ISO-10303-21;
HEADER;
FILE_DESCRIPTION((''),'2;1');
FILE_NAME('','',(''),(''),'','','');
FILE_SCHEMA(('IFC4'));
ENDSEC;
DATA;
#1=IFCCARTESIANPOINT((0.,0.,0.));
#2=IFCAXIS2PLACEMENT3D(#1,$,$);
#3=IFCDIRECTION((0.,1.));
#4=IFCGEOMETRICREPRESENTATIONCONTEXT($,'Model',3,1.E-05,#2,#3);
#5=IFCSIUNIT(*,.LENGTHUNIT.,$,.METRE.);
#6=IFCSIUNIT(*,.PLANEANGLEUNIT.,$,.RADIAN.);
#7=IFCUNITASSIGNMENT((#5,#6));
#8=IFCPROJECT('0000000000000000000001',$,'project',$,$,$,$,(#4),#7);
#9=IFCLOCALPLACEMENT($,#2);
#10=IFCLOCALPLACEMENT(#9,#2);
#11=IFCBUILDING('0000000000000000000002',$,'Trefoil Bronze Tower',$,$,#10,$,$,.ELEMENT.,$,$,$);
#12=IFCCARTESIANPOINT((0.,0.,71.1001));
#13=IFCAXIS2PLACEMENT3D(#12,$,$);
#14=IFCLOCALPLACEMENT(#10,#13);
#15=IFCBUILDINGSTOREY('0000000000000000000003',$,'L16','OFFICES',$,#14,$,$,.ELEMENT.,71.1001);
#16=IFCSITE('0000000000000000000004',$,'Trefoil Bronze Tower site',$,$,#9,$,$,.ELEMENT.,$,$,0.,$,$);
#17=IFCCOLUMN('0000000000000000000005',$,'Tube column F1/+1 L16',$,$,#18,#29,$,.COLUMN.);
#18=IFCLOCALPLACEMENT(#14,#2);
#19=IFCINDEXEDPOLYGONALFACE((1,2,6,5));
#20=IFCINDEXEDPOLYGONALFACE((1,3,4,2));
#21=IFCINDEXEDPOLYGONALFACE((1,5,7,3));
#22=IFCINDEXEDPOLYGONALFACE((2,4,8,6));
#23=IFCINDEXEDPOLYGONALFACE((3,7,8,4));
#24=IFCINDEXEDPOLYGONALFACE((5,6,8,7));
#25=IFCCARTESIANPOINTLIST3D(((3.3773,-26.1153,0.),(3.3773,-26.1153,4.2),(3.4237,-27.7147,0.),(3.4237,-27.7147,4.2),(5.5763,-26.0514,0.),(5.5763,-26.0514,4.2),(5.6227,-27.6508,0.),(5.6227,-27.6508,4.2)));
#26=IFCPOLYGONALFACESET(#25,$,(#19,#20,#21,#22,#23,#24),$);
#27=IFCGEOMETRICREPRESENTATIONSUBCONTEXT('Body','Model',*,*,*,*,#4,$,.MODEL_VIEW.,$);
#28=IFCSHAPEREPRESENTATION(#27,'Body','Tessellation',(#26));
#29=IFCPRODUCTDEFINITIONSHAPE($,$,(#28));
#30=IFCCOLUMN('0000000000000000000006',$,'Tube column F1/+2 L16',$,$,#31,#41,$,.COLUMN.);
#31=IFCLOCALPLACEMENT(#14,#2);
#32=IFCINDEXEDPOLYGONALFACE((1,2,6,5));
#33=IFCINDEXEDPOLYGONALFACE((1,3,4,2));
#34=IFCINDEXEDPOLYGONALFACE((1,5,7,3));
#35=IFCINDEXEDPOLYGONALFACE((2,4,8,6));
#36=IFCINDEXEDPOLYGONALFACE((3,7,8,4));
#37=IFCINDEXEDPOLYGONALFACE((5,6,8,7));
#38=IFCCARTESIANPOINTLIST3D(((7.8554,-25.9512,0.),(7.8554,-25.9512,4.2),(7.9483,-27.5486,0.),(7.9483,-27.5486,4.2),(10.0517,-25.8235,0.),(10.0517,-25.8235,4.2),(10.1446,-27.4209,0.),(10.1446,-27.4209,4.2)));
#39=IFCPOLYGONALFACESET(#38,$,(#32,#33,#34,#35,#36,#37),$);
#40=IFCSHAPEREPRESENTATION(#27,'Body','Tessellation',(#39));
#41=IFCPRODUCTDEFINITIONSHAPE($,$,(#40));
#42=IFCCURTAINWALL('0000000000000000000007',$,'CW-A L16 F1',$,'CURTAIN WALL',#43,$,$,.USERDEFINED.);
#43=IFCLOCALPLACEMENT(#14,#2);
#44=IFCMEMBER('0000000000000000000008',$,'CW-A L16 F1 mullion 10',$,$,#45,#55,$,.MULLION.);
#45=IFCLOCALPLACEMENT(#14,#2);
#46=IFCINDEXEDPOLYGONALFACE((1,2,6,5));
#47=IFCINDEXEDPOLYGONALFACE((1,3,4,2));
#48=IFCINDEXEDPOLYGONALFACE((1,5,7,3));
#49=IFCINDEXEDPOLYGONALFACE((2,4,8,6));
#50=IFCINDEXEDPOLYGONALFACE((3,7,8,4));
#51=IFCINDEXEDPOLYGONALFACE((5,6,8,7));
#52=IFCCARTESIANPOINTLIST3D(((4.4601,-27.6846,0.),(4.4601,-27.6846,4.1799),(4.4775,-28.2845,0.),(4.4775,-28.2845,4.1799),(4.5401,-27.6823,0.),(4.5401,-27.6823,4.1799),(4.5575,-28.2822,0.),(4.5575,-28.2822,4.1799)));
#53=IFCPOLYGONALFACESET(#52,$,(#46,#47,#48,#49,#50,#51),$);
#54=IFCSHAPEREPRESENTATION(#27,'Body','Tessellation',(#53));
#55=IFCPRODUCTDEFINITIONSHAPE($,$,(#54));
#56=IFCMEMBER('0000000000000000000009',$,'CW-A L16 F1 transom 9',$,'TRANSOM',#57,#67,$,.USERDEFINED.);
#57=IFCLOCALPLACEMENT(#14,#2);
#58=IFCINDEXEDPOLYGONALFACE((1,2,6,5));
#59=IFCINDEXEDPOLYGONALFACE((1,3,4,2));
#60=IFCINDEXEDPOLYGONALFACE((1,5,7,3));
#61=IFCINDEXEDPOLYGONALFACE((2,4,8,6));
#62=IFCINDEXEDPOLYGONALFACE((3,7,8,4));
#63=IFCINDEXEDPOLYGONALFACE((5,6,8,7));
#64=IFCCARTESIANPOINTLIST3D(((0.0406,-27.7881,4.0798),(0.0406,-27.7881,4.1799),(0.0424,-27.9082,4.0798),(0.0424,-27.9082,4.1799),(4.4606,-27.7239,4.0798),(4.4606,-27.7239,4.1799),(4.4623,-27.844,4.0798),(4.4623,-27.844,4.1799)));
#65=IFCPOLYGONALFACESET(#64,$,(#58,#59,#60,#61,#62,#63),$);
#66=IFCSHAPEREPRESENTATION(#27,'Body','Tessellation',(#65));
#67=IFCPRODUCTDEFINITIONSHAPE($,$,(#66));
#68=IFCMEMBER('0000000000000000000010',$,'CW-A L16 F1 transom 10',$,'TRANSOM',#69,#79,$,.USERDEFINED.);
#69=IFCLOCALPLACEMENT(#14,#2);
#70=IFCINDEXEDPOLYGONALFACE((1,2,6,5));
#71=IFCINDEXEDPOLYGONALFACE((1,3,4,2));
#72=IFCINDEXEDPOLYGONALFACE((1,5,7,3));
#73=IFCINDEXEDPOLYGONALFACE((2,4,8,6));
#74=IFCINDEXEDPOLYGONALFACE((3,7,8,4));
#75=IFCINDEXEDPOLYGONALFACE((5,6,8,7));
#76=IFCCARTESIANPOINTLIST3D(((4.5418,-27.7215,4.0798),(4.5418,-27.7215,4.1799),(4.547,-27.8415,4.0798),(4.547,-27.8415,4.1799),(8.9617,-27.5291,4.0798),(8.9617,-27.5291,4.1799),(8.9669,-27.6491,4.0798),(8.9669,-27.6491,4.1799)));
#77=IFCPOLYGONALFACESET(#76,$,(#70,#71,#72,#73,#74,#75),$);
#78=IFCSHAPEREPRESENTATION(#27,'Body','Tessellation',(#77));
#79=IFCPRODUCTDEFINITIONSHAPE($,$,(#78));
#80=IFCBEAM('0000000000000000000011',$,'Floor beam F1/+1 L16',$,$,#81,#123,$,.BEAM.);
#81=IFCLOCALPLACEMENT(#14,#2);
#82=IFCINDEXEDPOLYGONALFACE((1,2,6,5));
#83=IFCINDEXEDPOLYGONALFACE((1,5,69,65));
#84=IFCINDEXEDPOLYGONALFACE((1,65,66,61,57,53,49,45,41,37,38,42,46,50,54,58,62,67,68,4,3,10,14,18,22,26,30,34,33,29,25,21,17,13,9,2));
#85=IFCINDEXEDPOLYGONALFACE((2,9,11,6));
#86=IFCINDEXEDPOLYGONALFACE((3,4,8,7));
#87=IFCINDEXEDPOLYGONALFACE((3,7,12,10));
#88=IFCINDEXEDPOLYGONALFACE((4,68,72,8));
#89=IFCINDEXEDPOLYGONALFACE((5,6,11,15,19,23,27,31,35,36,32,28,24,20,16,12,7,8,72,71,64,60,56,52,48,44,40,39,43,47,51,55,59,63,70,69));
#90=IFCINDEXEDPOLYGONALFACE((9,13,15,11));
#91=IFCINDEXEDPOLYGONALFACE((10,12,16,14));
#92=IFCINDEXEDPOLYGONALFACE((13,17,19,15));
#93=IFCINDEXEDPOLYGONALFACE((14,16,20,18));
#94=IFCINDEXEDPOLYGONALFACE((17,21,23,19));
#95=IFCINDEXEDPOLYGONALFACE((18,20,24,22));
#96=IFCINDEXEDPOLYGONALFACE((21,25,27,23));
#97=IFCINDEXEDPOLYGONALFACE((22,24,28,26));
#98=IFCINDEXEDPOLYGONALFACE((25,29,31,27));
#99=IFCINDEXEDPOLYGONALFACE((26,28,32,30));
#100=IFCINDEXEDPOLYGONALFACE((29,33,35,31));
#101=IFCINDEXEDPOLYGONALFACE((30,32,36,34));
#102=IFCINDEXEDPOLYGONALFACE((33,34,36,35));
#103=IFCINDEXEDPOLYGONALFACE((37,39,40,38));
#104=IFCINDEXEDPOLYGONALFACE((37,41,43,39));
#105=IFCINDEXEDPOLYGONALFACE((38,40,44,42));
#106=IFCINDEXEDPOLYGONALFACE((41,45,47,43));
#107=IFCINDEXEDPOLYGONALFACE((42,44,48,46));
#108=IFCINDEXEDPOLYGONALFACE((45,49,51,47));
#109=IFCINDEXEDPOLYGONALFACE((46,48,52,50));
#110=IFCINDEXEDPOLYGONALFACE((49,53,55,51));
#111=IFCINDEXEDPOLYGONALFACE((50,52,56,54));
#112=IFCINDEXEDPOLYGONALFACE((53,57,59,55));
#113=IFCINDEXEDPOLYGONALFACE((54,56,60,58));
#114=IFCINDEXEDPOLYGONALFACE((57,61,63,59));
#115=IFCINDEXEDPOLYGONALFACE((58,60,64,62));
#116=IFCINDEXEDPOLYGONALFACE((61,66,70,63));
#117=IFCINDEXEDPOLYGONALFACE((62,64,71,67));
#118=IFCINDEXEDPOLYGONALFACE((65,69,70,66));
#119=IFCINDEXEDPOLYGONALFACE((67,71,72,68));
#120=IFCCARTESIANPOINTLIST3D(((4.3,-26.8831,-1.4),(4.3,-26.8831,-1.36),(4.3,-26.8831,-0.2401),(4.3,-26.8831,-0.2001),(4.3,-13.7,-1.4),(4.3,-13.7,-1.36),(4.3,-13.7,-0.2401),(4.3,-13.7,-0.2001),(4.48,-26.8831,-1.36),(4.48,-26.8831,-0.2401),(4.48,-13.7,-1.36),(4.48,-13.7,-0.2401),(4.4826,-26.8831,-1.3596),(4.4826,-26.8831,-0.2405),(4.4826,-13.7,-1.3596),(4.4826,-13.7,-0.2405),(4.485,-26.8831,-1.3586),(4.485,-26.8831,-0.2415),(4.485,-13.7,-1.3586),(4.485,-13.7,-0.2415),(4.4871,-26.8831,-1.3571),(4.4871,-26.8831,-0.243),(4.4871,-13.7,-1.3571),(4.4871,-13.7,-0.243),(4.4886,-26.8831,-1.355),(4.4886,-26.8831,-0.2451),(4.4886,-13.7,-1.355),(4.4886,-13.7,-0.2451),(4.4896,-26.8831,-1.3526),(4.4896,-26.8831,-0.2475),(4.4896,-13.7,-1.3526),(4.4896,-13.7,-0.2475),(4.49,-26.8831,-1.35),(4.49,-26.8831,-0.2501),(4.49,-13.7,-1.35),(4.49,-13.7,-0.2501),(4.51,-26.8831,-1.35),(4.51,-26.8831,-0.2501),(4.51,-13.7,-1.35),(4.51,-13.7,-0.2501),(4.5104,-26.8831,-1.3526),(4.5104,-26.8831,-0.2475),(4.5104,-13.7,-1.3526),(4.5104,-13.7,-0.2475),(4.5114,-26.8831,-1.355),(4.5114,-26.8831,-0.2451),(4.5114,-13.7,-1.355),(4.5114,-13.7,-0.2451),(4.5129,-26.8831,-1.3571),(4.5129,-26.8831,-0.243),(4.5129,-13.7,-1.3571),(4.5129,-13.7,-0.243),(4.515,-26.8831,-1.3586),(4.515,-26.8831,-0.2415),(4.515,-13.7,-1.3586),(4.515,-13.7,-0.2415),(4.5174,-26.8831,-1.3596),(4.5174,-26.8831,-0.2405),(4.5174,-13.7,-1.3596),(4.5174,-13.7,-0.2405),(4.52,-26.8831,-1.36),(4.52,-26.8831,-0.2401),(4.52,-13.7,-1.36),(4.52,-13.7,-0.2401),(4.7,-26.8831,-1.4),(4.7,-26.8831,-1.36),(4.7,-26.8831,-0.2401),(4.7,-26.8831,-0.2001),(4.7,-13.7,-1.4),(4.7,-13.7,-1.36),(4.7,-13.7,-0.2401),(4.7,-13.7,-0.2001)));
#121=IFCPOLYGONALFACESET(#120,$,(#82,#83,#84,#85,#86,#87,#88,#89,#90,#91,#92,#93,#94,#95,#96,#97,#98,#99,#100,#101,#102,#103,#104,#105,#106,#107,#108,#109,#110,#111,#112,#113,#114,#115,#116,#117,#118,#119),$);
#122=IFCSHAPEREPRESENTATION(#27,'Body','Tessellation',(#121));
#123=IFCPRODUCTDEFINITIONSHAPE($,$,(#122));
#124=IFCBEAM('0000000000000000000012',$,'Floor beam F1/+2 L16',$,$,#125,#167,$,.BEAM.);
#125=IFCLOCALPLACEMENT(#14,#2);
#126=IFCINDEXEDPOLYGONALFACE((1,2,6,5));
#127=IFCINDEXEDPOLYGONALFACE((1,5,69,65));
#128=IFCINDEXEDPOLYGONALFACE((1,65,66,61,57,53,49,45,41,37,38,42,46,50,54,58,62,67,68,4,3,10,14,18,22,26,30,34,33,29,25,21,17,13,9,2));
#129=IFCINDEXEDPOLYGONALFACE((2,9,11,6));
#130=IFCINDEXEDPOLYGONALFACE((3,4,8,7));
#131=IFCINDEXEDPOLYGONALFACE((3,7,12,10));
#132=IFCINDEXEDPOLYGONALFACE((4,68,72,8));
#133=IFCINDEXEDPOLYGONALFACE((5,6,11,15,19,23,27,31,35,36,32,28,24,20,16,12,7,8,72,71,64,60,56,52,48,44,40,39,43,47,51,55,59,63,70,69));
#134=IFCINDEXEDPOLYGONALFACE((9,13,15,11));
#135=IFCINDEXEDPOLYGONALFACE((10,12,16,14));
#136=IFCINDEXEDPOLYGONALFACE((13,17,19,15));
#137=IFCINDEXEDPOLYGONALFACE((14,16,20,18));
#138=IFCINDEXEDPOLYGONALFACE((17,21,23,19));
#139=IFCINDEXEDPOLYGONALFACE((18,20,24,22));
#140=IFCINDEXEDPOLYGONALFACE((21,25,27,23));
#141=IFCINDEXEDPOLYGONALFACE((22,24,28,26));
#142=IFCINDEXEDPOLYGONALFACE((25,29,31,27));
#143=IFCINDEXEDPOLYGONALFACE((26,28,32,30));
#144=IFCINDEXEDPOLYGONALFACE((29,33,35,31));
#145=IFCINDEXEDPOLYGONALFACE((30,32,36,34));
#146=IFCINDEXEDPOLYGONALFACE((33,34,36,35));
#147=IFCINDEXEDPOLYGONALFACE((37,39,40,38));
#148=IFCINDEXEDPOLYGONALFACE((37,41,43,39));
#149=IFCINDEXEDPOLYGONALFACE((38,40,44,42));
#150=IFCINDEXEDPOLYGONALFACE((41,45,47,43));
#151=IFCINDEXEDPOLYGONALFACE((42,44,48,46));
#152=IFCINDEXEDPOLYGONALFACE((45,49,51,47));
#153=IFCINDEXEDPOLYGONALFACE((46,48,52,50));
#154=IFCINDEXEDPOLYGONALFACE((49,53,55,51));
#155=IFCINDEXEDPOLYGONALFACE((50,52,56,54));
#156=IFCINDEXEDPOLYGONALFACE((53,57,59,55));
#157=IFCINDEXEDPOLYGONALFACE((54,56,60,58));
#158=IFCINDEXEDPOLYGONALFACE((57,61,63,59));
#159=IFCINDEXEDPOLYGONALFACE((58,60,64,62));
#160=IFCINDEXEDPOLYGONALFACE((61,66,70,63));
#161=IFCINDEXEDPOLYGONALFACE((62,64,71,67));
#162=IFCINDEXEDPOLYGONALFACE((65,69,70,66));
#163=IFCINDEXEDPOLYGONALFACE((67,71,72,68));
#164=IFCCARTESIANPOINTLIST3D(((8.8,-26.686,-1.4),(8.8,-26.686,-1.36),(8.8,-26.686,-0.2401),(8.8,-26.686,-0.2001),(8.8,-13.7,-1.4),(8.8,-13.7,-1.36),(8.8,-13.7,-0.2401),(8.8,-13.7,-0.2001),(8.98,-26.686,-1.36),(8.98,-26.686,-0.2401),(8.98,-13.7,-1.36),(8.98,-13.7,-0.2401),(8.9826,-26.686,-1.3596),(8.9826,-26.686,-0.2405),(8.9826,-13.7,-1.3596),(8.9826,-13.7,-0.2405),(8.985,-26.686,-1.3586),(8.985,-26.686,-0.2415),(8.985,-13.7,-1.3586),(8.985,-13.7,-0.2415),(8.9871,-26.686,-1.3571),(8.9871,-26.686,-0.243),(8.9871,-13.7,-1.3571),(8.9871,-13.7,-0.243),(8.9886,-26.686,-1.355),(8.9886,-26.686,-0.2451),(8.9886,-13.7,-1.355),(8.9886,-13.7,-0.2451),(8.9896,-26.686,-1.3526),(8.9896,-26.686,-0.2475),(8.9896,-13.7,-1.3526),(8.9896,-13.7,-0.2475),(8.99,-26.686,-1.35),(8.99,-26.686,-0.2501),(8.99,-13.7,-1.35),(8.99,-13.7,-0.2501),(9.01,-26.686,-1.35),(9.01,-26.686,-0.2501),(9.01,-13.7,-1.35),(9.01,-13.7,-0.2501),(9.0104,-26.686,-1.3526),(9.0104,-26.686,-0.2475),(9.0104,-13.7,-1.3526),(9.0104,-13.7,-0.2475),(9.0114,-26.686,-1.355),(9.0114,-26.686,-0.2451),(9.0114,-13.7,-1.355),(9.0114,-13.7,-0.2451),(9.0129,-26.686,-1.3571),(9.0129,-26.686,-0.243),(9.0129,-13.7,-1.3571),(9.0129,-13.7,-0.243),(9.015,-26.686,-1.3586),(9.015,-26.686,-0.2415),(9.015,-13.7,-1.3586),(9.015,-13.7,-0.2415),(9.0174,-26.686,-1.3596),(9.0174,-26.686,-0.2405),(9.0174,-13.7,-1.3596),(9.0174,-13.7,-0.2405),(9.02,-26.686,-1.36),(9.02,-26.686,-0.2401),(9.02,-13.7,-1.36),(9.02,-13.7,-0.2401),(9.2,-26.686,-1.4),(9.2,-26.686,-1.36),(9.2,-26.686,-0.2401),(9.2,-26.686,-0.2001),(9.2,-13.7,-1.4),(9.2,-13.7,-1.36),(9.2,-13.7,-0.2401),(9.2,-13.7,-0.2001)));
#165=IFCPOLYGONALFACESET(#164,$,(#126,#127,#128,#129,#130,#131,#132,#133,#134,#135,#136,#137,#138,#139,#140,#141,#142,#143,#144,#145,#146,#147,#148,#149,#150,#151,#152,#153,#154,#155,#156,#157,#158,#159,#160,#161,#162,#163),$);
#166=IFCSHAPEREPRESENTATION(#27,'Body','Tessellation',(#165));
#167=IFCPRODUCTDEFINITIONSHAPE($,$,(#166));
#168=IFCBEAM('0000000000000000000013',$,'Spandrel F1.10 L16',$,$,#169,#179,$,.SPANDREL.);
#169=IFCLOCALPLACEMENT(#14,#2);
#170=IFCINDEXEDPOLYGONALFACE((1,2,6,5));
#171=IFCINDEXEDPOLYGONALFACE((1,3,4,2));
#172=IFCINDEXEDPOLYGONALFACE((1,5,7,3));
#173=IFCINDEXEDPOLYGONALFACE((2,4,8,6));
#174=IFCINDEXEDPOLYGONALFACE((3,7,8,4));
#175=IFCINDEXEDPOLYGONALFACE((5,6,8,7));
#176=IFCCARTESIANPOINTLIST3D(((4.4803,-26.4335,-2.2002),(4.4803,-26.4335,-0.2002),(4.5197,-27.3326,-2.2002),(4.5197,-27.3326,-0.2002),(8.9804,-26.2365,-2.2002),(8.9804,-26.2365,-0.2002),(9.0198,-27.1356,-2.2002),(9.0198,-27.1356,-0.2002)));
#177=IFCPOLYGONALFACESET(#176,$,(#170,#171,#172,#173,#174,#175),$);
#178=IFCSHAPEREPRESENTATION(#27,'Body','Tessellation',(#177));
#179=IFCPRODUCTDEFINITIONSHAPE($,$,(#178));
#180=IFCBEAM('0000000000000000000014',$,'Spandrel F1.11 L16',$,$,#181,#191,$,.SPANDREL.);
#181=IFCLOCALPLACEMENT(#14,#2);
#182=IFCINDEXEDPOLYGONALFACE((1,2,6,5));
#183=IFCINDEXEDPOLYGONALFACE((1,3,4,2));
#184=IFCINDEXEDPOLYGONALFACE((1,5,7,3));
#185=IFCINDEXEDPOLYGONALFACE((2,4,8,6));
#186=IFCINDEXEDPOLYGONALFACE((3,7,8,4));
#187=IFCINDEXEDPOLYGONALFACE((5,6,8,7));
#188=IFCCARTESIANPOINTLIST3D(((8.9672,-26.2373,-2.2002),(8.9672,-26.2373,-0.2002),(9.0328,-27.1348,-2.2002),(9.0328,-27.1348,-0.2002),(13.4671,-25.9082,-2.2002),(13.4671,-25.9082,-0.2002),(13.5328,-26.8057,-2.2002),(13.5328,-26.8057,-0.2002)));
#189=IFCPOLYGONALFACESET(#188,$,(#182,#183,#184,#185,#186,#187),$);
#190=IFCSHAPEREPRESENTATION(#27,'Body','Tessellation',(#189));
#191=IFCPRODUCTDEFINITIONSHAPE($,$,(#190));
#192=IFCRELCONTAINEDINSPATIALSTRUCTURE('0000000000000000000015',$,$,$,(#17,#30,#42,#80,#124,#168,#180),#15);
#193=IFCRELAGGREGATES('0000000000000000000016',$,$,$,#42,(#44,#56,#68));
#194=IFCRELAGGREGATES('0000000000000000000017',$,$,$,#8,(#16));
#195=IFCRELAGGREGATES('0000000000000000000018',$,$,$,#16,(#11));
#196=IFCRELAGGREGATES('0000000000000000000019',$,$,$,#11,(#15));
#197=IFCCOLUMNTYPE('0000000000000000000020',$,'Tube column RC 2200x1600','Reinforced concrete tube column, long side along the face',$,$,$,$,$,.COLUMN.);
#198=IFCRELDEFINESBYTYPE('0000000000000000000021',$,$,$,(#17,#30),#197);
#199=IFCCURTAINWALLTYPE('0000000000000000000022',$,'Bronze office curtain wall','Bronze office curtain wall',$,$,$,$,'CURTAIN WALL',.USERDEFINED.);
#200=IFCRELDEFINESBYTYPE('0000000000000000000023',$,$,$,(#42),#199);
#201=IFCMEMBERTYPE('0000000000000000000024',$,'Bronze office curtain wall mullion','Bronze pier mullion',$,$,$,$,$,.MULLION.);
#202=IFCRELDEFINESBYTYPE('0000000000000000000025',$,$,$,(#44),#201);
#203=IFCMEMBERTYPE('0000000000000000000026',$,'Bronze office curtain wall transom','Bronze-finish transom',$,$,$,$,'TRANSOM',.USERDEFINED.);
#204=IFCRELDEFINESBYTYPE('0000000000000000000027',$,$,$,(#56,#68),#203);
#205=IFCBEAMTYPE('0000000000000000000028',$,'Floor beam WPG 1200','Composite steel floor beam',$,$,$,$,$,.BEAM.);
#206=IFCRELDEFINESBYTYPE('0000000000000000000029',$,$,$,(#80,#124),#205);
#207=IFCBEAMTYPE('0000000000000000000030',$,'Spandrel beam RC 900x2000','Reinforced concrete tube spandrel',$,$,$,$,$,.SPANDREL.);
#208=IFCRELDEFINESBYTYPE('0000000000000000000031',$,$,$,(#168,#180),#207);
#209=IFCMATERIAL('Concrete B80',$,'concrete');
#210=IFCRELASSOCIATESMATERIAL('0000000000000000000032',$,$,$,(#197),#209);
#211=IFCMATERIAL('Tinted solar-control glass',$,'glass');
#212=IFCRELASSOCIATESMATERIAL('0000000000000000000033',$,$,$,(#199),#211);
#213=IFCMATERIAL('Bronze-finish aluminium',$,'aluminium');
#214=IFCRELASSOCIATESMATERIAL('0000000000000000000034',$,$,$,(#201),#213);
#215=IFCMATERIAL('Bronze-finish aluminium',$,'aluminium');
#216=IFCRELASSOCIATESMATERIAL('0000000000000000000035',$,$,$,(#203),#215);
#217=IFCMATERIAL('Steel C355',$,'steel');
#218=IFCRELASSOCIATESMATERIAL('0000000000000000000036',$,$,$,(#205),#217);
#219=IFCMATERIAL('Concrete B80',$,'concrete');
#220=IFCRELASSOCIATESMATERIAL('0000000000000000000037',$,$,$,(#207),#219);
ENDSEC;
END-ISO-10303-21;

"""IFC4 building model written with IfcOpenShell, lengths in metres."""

from ifc_helpers import new_model, si_unit, direction, frame, origin, origin_2d, place, context, subcontext, project, spatial, rectangle, i_section, extrude, material, material_profile, profile_set, type_object, element, aggregate, save


model = new_model("IFC4")

# Units and contexts
model_context = context("Model", 3, precision=1e-05, world=origin(), true_north=direction((0.0, 1.0)))
body_context = subcontext(model_context, "Body", "Model", "MODEL_VIEW")
ifc_project = project(units=[si_unit("LENGTHUNIT", "METRE"), si_unit("PLANEANGLEUNIT", "RADIAN")], contexts=[model_context])

# Site, building, storey
site_placement = place(None, origin())
site = spatial("IfcSite", under=ifc_project, at=site_placement, Name="Trefoil Bronze Tower site", CompositionType="ELEMENT", RefElevation=0.0)
building_placement = place(site_placement, origin())
building = spatial("IfcBuilding", under=site, at=building_placement, Name="Trefoil Bronze Tower", CompositionType="ELEMENT")
storey_placement = place(building_placement, frame((0.0, 0.0, 71.1001)))
storey = spatial("IfcBuildingStorey", under=building, at=storey_placement, Name="L16", Description="OFFICES", CompositionType="ELEMENT", Elevation=71.1001)

# Columns
ifc_material_1 = material(Name="Concrete B80", Category="concrete")
ifc_material_profile_1 = material_profile(ifc_material_1, rectangle(XDim=2.2, YDim=1.6001, at=origin_2d()), Name="RC 2200x1600")
ifc_profile_set_1 = profile_set([ifc_material_profile_1], Name="Concrete B80")
column_type = type_object("IfcColumnType", Name="Tube column RC 2200x1600", Description="Reinforced concrete tube column, long side along the face", PredefinedType="COLUMN", material=ifc_profile_set_1)
for number, where, z_axis, x_axis, name in (
    (1, (4.5, -26.8831, 0.0), (0.0, 0.0, 1.0), (0.999579, 0.029022, 0.0), "Tube column F1/+1 L16"),
    (2, (9.0, -26.686, 0.0), (0.0, 0.0, 1.0), (0.998314, 0.058043, 0.0), "Tube column F1/+2 L16"),
):
    element("IfcColumn", number, at=place(storey_placement, frame(where, z_axis=z_axis, x_axis=x_axis)), inside=storey, type_object=column_type, Name=name, PredefinedType="COLUMN", context=body_context, shape_type="SweptSolid", body=[
        extrude(rectangle(XDim=2.2, YDim=1.6001, at=origin_2d()), origin(), (0.0, 0.0, 1.0), 4.2),
    ])

# Curtain wall, members
ifc_material_2 = material(Name="Tinted solar-control glass", Category="glass")
curtain_wall_type = type_object("IfcCurtainWallType", Name="Bronze office curtain wall", Description="Bronze office curtain wall", ElementType="CURTAIN WALL", PredefinedType="USERDEFINED", material=ifc_material_2)
curtain_wall_placement = place(storey_placement, origin())
curtain_wall = element("IfcCurtainWall", 3, at=curtain_wall_placement, inside=storey, type_object=curtain_wall_type, Name="CW-A L16 F1", ObjectType="CURTAIN WALL", PredefinedType="USERDEFINED")
ifc_material_3 = material(Name="Bronze-finish aluminium", Category="aluminium")
ifc_material_profile_2 = material_profile(ifc_material_3, rectangle(XDim=0.6001, YDim=0.0801, at=origin_2d()), Name="CW-A mullion")
ifc_profile_set_2 = profile_set([ifc_material_profile_2], Name="Bronze-finish aluminium")
member_type_1 = type_object("IfcMemberType", Name="Bronze office curtain wall mullion", Description="Bronze pier mullion", PredefinedType="MULLION", material=ifc_profile_set_2)
member_1_placement = place(storey_placement, frame((4.5088, -27.9834, 0.0), z_axis=(0.0, 0.0, 1.0), x_axis=(-0.029022, 0.999579, 0.0)))
member_1 = element("IfcMember", 4, at=member_1_placement, type_object=member_type_1, Name="CW-A L16 F1 mullion 10", PredefinedType="MULLION", context=body_context, shape_type="SweptSolid", body=[
    extrude(rectangle(XDim=0.6001, YDim=0.0801, at=origin_2d()), origin(), (0.0, 0.0, 1.0), 4.1799),
])
ifc_material_4 = material(Name="Bronze-finish aluminium", Category="aluminium")
ifc_material_profile_3 = material_profile(ifc_material_4, rectangle(XDim=0.1201, YDim=0.1001, at=origin_2d()), Name="CW-A transom")
ifc_profile_set_3 = profile_set([ifc_material_profile_3], Name="Bronze-finish aluminium")
member_type_2 = type_object("IfcMemberType", Name="Bronze office curtain wall transom", Description="Bronze-finish transom", ElementType="TRANSOM", PredefinedType="USERDEFINED", material=ifc_profile_set_3)
member_2_placement = place(storey_placement, frame((0.0415, -27.8481, 4.1299), z_axis=(0.999894, 0.014526, 0.0), x_axis=(-0.014526, 0.999894, 0.0)))
member_2 = element("IfcMember", 5, at=member_2_placement, type_object=member_type_2, Name="CW-A L16 F1 transom 9", ObjectType="TRANSOM", PredefinedType="USERDEFINED", context=body_context, shape_type="SweptSolid", body=[
    extrude(rectangle(XDim=0.1201, YDim=0.1001, at=origin_2d()), origin(), (0.0, 0.0, 1.0), 4.4204),
])
member_3_placement = place(storey_placement, frame((4.5444, -27.7815, 4.1299), z_axis=(0.999054, 0.043485, 0.0), x_axis=(-0.043485, 0.999054, 0.0)))
member_3 = element("IfcMember", 6, at=member_3_placement, type_object=member_type_2, Name="CW-A L16 F1 transom 10", ObjectType="TRANSOM", PredefinedType="USERDEFINED", context=body_context, shape_type="SweptSolid", body=[
    extrude(rectangle(XDim=0.1201, YDim=0.1001, at=origin_2d()), origin(), (0.0, 0.0, 1.0), 4.4241),
])

# Beams
ifc_material_5 = material(Name="Steel C355", Category="steel")
ifc_material_profile_4 = material_profile(ifc_material_5, i_section(OverallWidth=0.3999, OverallDepth=1.2, WebThickness=0.02, FlangeThickness=0.04, FilletRadius=0.01, at=origin_2d()), Name="WPG 1200")
ifc_profile_set_4 = profile_set([ifc_material_profile_4], Name="Steel C355")
beam_type_1 = type_object("IfcBeamType", Name="Floor beam WPG 1200", Description="Composite steel floor beam", PredefinedType="BEAM", material=ifc_profile_set_4)
beam_1_placement = place(storey_placement, frame((4.5, -26.8831, -0.8), z_axis=(0.0, 1.0, 0.0), x_axis=(-1.0, 0.0, 0.0)))
element("IfcBeam", 7, at=beam_1_placement, inside=storey, type_object=beam_type_1, Name="Floor beam F1/+1 L16", PredefinedType="BEAM", context=body_context, shape_type="SweptSolid", body=[
    extrude(i_section(OverallWidth=0.3999, OverallDepth=1.2, WebThickness=0.02, FlangeThickness=0.04, FilletRadius=0.01, at=origin_2d()), origin(), (0.0, 0.0, 1.0), 13.1831),
])
beam_2_placement = place(storey_placement, frame((9.0, -26.686, -0.8), z_axis=(0.0, 1.0, 0.0), x_axis=(-1.0, 0.0, 0.0)))
element("IfcBeam", 8, at=beam_2_placement, inside=storey, type_object=beam_type_1, Name="Floor beam F1/+2 L16", PredefinedType="BEAM", context=body_context, shape_type="SweptSolid", body=[
    extrude(i_section(OverallWidth=0.3999, OverallDepth=1.2, WebThickness=0.02, FlangeThickness=0.04, FilletRadius=0.01, at=origin_2d()), origin(), (0.0, 0.0, 1.0), 12.9861),
])
ifc_material_6 = material(Name="Concrete B80", Category="concrete")
ifc_material_profile_5 = material_profile(ifc_material_6, rectangle(XDim=0.8999, YDim=2.0, at=origin_2d()), Name="RC 900x2000")
ifc_profile_set_5 = profile_set([ifc_material_profile_5], Name="Concrete B80")
beam_type_2 = type_object("IfcBeamType", Name="Spandrel beam RC 900x2000", Description="Reinforced concrete tube spandrel", PredefinedType="SPANDREL", material=ifc_profile_set_5)
beam_3_placement = place(storey_placement, frame((4.5, -26.8831, -1.2002), z_axis=(0.999043, 0.043741, 0.0), x_axis=(-0.043741, 0.999043, 0.0)))
element("IfcBeam", 9, at=beam_3_placement, inside=storey, type_object=beam_type_2, Name="Spandrel F1.10 L16", PredefinedType="SPANDREL", context=body_context, shape_type="SweptSolid", body=[
    extrude(rectangle(XDim=0.8999, YDim=2.0, at=origin_2d()), origin(), (0.0, 0.0, 1.0), 4.5044),
])
beam_4_placement = place(storey_placement, frame((9.0, -26.686, -1.2002), z_axis=(0.997336, 0.072939, 0.0), x_axis=(-0.072939, 0.997336, 0.0)))
element("IfcBeam", 10, at=beam_4_placement, inside=storey, type_object=beam_type_2, Name="Spandrel F1.11 L16", PredefinedType="SPANDREL", context=body_context, shape_type="SweptSolid", body=[
    extrude(rectangle(XDim=0.8999, YDim=2.0, at=origin_2d()), origin(), (0.0, 0.0, 1.0), 4.512),
])

aggregate(curtain_wall, [member_1, member_2, member_3])

save(model, "model.ifc")
